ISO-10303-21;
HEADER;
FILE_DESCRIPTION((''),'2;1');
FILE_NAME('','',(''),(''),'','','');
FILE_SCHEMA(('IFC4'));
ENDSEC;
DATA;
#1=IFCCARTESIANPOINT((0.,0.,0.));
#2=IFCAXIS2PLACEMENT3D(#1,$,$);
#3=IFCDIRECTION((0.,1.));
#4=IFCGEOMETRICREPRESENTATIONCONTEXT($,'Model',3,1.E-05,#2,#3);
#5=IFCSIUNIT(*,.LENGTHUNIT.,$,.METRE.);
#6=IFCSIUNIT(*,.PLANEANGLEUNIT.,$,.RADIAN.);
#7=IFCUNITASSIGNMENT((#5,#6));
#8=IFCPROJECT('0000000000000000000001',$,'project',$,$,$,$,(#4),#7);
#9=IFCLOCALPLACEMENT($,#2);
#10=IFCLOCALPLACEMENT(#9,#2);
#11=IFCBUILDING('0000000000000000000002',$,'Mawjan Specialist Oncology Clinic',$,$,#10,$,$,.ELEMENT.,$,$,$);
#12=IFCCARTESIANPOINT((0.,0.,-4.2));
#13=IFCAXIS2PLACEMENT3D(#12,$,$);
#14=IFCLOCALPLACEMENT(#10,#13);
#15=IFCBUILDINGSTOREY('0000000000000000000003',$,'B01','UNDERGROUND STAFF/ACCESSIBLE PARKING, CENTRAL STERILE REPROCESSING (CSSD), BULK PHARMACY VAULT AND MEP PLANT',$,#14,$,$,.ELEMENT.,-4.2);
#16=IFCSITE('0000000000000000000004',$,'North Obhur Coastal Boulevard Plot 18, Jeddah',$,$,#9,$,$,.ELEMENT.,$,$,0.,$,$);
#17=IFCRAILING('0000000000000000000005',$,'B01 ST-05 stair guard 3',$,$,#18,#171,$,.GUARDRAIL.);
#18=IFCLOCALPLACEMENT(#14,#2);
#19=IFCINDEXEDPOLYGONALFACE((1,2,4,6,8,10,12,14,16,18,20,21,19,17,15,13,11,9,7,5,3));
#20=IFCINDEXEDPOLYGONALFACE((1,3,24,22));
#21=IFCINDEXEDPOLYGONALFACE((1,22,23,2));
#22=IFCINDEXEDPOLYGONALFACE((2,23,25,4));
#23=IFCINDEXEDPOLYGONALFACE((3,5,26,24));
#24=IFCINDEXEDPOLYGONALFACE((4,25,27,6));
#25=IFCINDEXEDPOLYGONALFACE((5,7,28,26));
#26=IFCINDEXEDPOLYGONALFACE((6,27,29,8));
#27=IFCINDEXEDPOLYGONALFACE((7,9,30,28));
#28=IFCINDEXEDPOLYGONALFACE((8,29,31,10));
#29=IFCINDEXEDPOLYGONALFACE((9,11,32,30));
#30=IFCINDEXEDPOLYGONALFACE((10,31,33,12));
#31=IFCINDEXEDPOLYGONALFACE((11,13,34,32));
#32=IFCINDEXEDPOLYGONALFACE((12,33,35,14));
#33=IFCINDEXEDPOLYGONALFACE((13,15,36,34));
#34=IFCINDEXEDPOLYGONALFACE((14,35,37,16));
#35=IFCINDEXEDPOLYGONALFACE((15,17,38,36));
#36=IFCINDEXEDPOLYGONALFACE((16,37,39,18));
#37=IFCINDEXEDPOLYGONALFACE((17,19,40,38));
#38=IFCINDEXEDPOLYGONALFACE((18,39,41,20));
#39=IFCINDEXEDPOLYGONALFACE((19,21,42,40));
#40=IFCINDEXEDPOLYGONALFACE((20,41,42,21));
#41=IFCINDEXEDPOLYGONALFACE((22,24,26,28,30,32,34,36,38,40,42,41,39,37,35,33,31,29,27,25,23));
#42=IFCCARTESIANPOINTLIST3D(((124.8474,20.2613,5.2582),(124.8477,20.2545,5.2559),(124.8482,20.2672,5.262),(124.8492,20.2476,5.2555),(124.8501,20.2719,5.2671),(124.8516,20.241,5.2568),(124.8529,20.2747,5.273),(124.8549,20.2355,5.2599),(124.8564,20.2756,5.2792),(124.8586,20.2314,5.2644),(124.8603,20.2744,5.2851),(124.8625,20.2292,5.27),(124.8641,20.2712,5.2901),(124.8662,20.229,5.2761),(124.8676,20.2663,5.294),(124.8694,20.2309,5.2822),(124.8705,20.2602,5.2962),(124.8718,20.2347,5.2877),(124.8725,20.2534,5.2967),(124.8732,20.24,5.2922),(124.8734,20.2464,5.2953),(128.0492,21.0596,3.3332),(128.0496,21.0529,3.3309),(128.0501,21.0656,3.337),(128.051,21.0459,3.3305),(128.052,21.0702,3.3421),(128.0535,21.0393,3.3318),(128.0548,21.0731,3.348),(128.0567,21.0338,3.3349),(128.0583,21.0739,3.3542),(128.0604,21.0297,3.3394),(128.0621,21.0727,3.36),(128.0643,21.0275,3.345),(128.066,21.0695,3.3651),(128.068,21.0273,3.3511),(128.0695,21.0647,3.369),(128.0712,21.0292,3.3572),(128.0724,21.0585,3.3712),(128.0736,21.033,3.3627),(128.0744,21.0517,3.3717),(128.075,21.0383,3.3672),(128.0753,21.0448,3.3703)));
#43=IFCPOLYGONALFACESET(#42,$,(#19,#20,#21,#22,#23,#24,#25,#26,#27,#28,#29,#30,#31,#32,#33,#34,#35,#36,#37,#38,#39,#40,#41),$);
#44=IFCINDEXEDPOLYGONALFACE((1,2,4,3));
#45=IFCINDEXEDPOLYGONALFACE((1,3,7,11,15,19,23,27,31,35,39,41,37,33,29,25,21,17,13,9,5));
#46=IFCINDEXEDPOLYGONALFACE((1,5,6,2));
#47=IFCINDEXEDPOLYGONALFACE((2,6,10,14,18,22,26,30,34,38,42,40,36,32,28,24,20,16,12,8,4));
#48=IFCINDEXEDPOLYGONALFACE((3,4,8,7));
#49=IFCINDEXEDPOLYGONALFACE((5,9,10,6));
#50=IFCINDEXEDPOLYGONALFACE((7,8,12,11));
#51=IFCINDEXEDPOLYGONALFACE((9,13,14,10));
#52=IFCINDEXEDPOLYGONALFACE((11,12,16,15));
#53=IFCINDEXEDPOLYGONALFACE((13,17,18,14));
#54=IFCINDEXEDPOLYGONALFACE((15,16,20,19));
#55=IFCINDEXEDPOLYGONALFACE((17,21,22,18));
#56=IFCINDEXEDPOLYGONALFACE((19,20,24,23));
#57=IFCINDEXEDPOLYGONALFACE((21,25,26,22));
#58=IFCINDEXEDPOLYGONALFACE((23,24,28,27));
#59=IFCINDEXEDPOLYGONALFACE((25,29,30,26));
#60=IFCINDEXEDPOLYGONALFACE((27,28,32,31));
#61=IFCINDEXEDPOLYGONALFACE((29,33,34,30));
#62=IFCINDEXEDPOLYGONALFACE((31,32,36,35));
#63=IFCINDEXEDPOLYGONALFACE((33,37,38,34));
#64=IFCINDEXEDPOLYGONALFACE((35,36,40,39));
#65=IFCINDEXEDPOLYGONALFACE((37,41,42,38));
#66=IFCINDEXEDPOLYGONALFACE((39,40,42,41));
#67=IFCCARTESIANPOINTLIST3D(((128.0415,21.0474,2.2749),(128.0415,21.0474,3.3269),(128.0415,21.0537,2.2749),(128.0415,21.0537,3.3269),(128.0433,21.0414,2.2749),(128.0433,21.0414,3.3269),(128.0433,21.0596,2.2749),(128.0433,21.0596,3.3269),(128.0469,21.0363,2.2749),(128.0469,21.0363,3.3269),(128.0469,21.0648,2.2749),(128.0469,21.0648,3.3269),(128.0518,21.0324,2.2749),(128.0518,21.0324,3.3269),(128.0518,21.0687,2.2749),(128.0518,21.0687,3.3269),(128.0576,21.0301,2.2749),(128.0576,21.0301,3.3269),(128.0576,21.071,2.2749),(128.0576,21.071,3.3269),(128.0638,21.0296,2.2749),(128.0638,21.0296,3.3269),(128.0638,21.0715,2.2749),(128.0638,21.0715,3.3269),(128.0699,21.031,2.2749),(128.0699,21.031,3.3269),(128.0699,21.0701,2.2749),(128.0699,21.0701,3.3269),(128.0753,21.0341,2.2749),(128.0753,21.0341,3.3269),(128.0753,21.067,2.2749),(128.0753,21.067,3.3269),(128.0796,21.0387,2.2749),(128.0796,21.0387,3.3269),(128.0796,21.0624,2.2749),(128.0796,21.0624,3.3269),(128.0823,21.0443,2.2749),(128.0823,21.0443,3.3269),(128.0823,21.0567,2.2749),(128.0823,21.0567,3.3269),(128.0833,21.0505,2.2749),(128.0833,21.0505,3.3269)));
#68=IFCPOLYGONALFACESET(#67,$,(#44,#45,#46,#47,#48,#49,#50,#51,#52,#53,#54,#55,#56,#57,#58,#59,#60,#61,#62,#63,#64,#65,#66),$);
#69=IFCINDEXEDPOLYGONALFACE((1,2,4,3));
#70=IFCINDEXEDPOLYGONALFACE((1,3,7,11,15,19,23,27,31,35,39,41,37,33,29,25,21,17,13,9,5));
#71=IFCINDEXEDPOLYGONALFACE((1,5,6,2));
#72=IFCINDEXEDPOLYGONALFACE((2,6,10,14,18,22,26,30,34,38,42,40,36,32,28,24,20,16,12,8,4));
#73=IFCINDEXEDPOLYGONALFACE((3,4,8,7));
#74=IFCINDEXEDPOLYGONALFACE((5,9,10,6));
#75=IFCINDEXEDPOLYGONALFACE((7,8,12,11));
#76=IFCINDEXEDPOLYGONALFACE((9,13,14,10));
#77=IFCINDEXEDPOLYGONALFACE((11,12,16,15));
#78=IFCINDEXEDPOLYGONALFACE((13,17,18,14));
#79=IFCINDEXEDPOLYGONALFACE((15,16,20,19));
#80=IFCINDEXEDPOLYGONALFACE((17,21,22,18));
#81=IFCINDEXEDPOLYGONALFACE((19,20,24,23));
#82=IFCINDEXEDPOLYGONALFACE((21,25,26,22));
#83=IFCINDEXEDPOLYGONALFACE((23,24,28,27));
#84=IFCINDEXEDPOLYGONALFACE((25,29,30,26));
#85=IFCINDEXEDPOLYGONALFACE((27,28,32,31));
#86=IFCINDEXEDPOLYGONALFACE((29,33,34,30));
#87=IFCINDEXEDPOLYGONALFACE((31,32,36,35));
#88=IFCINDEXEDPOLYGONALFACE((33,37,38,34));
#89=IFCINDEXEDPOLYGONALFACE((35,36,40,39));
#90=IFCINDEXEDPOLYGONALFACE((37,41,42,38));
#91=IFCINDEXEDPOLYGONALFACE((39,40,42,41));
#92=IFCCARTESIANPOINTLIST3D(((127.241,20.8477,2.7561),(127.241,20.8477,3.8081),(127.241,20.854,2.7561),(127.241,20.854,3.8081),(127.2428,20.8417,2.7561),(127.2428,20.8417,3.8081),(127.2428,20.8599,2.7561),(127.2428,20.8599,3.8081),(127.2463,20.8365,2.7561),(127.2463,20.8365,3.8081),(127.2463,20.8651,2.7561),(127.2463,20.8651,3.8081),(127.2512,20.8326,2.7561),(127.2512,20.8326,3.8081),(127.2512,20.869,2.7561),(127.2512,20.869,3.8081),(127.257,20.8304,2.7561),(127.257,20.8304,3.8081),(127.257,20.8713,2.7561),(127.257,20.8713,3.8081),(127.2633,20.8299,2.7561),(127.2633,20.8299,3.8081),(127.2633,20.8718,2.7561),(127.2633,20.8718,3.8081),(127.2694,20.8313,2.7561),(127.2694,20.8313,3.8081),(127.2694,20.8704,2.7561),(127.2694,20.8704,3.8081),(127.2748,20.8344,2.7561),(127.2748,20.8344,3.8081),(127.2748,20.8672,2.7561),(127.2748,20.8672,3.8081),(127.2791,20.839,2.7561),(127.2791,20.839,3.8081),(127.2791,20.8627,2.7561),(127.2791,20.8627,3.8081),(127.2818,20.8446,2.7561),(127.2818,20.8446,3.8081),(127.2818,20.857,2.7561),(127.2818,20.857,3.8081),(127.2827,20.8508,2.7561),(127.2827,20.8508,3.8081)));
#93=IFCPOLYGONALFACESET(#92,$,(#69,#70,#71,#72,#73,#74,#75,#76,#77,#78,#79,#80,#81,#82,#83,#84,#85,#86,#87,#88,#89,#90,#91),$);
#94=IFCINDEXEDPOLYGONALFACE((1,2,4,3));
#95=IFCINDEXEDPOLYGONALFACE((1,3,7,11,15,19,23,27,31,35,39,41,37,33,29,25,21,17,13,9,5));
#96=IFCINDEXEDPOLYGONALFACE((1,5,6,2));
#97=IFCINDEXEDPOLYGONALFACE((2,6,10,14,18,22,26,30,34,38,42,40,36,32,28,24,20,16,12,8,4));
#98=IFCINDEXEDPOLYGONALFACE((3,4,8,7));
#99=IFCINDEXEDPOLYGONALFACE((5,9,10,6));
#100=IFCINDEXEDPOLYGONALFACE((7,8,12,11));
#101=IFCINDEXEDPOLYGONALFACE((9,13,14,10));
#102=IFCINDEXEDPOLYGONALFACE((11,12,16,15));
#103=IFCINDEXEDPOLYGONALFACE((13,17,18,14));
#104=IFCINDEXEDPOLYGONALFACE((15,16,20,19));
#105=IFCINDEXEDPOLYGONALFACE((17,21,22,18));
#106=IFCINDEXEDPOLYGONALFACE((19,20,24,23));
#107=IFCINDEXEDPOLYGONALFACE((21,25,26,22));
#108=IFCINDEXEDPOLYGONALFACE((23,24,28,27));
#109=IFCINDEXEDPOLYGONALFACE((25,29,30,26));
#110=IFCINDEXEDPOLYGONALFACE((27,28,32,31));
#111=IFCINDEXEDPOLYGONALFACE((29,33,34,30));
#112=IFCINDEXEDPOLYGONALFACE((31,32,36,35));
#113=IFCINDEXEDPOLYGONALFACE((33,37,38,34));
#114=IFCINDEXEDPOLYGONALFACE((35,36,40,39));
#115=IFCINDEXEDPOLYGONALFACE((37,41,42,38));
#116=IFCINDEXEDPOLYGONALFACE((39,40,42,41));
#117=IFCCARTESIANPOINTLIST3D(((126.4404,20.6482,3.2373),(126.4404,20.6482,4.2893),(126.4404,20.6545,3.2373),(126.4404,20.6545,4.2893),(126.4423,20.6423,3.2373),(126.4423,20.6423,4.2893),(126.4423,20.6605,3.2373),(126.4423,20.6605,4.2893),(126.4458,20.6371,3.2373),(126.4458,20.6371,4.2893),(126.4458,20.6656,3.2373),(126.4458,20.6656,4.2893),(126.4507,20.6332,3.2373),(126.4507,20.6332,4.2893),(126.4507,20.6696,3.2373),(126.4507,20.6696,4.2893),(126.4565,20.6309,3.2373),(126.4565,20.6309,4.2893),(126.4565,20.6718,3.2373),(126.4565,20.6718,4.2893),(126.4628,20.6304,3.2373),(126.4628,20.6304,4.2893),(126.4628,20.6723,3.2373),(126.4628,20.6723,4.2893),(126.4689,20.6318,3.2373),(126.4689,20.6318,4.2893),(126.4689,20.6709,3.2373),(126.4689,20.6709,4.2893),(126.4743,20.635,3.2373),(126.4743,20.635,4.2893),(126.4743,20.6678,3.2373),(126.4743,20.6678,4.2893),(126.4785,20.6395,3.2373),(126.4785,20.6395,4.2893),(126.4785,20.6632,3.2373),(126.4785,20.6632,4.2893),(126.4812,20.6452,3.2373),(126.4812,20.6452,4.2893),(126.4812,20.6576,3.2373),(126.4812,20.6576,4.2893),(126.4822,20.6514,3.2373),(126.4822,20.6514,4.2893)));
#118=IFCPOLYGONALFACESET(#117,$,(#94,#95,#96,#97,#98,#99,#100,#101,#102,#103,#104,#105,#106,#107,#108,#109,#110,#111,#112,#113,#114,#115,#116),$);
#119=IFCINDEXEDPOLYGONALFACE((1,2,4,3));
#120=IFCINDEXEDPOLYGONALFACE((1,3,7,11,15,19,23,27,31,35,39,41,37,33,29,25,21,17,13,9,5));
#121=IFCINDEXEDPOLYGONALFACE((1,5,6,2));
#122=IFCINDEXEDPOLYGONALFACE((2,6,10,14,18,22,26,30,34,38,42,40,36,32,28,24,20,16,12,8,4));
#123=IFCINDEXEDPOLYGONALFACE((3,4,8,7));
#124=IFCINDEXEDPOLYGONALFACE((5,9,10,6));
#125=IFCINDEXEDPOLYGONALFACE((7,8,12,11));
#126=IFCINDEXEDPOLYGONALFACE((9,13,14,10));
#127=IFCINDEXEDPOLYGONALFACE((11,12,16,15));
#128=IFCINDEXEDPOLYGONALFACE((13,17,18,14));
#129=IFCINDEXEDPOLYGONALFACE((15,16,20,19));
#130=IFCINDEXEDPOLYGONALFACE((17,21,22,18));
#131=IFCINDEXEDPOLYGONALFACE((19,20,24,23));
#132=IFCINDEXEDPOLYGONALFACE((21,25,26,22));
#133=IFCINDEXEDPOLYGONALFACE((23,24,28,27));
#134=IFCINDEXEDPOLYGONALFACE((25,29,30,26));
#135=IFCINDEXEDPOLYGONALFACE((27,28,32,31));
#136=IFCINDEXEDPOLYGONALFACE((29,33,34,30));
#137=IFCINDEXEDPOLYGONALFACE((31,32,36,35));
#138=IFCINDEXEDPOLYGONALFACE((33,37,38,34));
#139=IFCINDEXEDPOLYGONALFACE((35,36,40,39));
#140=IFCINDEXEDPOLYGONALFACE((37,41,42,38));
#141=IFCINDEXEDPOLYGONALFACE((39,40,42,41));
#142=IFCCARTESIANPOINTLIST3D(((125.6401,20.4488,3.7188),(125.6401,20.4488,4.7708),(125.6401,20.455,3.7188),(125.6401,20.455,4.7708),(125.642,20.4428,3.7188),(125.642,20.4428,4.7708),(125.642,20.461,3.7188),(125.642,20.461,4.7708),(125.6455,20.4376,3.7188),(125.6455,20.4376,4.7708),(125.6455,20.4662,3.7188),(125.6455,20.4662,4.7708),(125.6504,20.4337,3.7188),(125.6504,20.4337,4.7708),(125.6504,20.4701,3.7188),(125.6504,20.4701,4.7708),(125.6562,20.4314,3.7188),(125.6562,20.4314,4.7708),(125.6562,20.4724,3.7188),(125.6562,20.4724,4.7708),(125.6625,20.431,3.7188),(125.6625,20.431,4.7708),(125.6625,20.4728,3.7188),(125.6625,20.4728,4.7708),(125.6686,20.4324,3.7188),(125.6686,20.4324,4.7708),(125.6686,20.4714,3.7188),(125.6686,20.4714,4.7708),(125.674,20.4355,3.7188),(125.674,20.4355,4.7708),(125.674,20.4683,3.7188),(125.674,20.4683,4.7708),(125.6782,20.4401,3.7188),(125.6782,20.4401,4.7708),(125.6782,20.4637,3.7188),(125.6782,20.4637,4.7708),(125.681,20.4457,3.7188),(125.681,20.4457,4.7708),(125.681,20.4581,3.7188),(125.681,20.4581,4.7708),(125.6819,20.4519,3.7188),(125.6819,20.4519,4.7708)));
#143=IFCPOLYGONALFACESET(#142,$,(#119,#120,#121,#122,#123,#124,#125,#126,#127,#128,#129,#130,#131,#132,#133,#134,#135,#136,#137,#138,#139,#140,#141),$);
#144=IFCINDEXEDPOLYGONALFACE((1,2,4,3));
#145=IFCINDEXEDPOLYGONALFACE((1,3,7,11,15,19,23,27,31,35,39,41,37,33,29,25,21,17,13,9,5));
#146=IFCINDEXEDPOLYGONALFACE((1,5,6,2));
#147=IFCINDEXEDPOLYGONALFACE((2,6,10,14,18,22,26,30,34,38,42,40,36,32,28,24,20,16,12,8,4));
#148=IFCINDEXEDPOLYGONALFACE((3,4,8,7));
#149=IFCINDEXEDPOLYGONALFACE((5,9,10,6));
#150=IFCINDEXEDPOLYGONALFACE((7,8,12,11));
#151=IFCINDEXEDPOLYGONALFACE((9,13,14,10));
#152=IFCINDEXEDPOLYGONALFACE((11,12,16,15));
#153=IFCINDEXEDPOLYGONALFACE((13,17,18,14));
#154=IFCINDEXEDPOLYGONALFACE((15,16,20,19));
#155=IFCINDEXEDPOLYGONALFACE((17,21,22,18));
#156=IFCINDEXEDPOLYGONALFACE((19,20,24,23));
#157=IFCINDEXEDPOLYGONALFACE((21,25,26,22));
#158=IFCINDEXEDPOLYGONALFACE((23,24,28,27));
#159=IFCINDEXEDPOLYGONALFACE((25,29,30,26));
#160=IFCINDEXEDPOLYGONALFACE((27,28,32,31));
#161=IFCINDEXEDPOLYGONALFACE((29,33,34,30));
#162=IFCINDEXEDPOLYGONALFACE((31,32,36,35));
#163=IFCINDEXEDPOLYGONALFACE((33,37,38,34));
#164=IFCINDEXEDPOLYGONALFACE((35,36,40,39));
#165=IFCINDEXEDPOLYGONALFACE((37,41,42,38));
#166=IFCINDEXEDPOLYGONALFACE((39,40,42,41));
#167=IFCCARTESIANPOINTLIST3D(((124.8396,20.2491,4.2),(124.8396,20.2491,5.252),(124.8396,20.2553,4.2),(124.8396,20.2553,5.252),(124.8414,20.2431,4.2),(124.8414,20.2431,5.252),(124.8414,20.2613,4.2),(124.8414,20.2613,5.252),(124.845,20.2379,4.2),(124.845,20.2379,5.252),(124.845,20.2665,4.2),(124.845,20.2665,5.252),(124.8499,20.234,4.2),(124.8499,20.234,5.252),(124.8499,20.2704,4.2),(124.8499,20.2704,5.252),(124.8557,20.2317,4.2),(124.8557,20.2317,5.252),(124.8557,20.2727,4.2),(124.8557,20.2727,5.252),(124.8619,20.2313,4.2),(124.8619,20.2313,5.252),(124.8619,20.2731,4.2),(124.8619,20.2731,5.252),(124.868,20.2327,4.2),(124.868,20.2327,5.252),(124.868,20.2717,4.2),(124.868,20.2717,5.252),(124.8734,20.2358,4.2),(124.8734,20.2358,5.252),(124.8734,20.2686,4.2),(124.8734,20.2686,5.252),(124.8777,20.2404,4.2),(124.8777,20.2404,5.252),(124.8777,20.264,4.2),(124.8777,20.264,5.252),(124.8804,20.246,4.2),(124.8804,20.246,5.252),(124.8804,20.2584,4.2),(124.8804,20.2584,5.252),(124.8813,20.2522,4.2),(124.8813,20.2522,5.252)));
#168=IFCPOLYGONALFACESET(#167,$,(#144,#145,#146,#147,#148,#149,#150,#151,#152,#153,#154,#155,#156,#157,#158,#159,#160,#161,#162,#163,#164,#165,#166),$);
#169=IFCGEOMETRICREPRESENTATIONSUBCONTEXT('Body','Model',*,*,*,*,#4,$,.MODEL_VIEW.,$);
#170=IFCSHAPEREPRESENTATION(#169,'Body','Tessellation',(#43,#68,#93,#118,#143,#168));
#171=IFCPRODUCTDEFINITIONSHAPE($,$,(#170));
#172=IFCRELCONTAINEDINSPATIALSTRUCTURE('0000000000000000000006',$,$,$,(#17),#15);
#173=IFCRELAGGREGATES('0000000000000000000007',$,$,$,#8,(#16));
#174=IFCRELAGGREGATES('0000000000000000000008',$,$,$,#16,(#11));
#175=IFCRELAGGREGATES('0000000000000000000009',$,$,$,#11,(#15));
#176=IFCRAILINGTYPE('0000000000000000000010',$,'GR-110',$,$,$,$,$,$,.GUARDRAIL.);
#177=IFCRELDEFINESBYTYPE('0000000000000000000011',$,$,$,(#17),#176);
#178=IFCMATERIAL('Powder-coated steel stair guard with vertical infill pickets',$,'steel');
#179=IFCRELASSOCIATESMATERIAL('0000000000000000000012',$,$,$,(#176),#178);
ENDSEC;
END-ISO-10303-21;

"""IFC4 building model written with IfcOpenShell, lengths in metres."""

from ifc_helpers import new_model, si_unit, direction, frame, origin, origin_2d, place, context, subcontext, project, spatial, circle, extrude, material, type_object, element, save


model = new_model("IFC4")

# Units and contexts
model_context = context("Model", 3, precision=1e-05, world=origin(), true_north=direction((0.0, 1.0)))
body_context = subcontext(model_context, "Body", "Model", "MODEL_VIEW")
ifc_project = project(units=[si_unit("LENGTHUNIT", "METRE"), si_unit("PLANEANGLEUNIT", "RADIAN")], contexts=[model_context])

# Site, building, storey
site_placement = place(None, origin())
site = spatial("IfcSite", under=ifc_project, at=site_placement, Name="North Obhur Coastal Boulevard Plot 18, Jeddah", CompositionType="ELEMENT", RefElevation=0.0)
building_placement = place(site_placement, origin())
building = spatial("IfcBuilding", under=site, at=building_placement, Name="Mawjan Specialist Oncology Clinic", CompositionType="ELEMENT")
storey_placement = place(building_placement, frame((0.0, 0.0, -4.2)))
storey = spatial("IfcBuildingStorey", under=building, at=storey_placement, Name="B01", Description="UNDERGROUND STAFF/ACCESSIBLE PARKING, CENTRAL STERILE REPROCESSING (CSSD), BULK PHARMACY VAULT AND MEP PLANT", CompositionType="ELEMENT", Elevation=-4.2)

# Railing
ifc_material_1 = material(Name="Powder-coated steel stair guard with vertical infill pickets", Category="steel")
railing_type_1 = type_object("IfcRailingType", Name="GR-110", PredefinedType="GUARDRAIL", material=ifc_material_1)
railing_1_placement = place(storey_placement, frame((128.0623, 21.0505, 2.2749)))
element("IfcRailing", 1, at=railing_1_placement, inside=storey, type_object=railing_type_1, Name="B01 ST-05 stair guard 3", PredefinedType="GUARDRAIL", context=body_context, shape_type="SweptSolid", body=[
    extrude(circle(Radius=0.0239, at=origin_2d()), frame((0.0, 0.0, 1.0762), z_axis=(-0.83811, -0.208968, 0.503889), x_axis=(0.241926, -0.970295, 0.0)), (0.0, 0.0, 1.0), 3.8203),
    extrude(circle(Radius=0.021, at=origin_2d()), origin(), (0.0, 0.0, 1.0), 1.052),
    extrude(circle(Radius=0.021, at=origin_2d()), frame((-0.8005, -0.1997, 0.4812)), (0.0, 0.0, 1.0), 1.052),
    extrude(circle(Radius=0.021, at=origin_2d()), frame((-1.6011, -0.3992, 0.9624)), (0.0, 0.0, 1.0), 1.052),
    extrude(circle(Radius=0.021, at=origin_2d()), frame((-2.4014, -0.5986, 1.4438)), (0.0, 0.0, 1.0), 1.052),
    extrude(circle(Radius=0.021, at=origin_2d()), frame((-3.2019, -0.7983, 1.925)), (0.0, 0.0, 1.0), 1.052),
])

save(model, "model.ifc")
